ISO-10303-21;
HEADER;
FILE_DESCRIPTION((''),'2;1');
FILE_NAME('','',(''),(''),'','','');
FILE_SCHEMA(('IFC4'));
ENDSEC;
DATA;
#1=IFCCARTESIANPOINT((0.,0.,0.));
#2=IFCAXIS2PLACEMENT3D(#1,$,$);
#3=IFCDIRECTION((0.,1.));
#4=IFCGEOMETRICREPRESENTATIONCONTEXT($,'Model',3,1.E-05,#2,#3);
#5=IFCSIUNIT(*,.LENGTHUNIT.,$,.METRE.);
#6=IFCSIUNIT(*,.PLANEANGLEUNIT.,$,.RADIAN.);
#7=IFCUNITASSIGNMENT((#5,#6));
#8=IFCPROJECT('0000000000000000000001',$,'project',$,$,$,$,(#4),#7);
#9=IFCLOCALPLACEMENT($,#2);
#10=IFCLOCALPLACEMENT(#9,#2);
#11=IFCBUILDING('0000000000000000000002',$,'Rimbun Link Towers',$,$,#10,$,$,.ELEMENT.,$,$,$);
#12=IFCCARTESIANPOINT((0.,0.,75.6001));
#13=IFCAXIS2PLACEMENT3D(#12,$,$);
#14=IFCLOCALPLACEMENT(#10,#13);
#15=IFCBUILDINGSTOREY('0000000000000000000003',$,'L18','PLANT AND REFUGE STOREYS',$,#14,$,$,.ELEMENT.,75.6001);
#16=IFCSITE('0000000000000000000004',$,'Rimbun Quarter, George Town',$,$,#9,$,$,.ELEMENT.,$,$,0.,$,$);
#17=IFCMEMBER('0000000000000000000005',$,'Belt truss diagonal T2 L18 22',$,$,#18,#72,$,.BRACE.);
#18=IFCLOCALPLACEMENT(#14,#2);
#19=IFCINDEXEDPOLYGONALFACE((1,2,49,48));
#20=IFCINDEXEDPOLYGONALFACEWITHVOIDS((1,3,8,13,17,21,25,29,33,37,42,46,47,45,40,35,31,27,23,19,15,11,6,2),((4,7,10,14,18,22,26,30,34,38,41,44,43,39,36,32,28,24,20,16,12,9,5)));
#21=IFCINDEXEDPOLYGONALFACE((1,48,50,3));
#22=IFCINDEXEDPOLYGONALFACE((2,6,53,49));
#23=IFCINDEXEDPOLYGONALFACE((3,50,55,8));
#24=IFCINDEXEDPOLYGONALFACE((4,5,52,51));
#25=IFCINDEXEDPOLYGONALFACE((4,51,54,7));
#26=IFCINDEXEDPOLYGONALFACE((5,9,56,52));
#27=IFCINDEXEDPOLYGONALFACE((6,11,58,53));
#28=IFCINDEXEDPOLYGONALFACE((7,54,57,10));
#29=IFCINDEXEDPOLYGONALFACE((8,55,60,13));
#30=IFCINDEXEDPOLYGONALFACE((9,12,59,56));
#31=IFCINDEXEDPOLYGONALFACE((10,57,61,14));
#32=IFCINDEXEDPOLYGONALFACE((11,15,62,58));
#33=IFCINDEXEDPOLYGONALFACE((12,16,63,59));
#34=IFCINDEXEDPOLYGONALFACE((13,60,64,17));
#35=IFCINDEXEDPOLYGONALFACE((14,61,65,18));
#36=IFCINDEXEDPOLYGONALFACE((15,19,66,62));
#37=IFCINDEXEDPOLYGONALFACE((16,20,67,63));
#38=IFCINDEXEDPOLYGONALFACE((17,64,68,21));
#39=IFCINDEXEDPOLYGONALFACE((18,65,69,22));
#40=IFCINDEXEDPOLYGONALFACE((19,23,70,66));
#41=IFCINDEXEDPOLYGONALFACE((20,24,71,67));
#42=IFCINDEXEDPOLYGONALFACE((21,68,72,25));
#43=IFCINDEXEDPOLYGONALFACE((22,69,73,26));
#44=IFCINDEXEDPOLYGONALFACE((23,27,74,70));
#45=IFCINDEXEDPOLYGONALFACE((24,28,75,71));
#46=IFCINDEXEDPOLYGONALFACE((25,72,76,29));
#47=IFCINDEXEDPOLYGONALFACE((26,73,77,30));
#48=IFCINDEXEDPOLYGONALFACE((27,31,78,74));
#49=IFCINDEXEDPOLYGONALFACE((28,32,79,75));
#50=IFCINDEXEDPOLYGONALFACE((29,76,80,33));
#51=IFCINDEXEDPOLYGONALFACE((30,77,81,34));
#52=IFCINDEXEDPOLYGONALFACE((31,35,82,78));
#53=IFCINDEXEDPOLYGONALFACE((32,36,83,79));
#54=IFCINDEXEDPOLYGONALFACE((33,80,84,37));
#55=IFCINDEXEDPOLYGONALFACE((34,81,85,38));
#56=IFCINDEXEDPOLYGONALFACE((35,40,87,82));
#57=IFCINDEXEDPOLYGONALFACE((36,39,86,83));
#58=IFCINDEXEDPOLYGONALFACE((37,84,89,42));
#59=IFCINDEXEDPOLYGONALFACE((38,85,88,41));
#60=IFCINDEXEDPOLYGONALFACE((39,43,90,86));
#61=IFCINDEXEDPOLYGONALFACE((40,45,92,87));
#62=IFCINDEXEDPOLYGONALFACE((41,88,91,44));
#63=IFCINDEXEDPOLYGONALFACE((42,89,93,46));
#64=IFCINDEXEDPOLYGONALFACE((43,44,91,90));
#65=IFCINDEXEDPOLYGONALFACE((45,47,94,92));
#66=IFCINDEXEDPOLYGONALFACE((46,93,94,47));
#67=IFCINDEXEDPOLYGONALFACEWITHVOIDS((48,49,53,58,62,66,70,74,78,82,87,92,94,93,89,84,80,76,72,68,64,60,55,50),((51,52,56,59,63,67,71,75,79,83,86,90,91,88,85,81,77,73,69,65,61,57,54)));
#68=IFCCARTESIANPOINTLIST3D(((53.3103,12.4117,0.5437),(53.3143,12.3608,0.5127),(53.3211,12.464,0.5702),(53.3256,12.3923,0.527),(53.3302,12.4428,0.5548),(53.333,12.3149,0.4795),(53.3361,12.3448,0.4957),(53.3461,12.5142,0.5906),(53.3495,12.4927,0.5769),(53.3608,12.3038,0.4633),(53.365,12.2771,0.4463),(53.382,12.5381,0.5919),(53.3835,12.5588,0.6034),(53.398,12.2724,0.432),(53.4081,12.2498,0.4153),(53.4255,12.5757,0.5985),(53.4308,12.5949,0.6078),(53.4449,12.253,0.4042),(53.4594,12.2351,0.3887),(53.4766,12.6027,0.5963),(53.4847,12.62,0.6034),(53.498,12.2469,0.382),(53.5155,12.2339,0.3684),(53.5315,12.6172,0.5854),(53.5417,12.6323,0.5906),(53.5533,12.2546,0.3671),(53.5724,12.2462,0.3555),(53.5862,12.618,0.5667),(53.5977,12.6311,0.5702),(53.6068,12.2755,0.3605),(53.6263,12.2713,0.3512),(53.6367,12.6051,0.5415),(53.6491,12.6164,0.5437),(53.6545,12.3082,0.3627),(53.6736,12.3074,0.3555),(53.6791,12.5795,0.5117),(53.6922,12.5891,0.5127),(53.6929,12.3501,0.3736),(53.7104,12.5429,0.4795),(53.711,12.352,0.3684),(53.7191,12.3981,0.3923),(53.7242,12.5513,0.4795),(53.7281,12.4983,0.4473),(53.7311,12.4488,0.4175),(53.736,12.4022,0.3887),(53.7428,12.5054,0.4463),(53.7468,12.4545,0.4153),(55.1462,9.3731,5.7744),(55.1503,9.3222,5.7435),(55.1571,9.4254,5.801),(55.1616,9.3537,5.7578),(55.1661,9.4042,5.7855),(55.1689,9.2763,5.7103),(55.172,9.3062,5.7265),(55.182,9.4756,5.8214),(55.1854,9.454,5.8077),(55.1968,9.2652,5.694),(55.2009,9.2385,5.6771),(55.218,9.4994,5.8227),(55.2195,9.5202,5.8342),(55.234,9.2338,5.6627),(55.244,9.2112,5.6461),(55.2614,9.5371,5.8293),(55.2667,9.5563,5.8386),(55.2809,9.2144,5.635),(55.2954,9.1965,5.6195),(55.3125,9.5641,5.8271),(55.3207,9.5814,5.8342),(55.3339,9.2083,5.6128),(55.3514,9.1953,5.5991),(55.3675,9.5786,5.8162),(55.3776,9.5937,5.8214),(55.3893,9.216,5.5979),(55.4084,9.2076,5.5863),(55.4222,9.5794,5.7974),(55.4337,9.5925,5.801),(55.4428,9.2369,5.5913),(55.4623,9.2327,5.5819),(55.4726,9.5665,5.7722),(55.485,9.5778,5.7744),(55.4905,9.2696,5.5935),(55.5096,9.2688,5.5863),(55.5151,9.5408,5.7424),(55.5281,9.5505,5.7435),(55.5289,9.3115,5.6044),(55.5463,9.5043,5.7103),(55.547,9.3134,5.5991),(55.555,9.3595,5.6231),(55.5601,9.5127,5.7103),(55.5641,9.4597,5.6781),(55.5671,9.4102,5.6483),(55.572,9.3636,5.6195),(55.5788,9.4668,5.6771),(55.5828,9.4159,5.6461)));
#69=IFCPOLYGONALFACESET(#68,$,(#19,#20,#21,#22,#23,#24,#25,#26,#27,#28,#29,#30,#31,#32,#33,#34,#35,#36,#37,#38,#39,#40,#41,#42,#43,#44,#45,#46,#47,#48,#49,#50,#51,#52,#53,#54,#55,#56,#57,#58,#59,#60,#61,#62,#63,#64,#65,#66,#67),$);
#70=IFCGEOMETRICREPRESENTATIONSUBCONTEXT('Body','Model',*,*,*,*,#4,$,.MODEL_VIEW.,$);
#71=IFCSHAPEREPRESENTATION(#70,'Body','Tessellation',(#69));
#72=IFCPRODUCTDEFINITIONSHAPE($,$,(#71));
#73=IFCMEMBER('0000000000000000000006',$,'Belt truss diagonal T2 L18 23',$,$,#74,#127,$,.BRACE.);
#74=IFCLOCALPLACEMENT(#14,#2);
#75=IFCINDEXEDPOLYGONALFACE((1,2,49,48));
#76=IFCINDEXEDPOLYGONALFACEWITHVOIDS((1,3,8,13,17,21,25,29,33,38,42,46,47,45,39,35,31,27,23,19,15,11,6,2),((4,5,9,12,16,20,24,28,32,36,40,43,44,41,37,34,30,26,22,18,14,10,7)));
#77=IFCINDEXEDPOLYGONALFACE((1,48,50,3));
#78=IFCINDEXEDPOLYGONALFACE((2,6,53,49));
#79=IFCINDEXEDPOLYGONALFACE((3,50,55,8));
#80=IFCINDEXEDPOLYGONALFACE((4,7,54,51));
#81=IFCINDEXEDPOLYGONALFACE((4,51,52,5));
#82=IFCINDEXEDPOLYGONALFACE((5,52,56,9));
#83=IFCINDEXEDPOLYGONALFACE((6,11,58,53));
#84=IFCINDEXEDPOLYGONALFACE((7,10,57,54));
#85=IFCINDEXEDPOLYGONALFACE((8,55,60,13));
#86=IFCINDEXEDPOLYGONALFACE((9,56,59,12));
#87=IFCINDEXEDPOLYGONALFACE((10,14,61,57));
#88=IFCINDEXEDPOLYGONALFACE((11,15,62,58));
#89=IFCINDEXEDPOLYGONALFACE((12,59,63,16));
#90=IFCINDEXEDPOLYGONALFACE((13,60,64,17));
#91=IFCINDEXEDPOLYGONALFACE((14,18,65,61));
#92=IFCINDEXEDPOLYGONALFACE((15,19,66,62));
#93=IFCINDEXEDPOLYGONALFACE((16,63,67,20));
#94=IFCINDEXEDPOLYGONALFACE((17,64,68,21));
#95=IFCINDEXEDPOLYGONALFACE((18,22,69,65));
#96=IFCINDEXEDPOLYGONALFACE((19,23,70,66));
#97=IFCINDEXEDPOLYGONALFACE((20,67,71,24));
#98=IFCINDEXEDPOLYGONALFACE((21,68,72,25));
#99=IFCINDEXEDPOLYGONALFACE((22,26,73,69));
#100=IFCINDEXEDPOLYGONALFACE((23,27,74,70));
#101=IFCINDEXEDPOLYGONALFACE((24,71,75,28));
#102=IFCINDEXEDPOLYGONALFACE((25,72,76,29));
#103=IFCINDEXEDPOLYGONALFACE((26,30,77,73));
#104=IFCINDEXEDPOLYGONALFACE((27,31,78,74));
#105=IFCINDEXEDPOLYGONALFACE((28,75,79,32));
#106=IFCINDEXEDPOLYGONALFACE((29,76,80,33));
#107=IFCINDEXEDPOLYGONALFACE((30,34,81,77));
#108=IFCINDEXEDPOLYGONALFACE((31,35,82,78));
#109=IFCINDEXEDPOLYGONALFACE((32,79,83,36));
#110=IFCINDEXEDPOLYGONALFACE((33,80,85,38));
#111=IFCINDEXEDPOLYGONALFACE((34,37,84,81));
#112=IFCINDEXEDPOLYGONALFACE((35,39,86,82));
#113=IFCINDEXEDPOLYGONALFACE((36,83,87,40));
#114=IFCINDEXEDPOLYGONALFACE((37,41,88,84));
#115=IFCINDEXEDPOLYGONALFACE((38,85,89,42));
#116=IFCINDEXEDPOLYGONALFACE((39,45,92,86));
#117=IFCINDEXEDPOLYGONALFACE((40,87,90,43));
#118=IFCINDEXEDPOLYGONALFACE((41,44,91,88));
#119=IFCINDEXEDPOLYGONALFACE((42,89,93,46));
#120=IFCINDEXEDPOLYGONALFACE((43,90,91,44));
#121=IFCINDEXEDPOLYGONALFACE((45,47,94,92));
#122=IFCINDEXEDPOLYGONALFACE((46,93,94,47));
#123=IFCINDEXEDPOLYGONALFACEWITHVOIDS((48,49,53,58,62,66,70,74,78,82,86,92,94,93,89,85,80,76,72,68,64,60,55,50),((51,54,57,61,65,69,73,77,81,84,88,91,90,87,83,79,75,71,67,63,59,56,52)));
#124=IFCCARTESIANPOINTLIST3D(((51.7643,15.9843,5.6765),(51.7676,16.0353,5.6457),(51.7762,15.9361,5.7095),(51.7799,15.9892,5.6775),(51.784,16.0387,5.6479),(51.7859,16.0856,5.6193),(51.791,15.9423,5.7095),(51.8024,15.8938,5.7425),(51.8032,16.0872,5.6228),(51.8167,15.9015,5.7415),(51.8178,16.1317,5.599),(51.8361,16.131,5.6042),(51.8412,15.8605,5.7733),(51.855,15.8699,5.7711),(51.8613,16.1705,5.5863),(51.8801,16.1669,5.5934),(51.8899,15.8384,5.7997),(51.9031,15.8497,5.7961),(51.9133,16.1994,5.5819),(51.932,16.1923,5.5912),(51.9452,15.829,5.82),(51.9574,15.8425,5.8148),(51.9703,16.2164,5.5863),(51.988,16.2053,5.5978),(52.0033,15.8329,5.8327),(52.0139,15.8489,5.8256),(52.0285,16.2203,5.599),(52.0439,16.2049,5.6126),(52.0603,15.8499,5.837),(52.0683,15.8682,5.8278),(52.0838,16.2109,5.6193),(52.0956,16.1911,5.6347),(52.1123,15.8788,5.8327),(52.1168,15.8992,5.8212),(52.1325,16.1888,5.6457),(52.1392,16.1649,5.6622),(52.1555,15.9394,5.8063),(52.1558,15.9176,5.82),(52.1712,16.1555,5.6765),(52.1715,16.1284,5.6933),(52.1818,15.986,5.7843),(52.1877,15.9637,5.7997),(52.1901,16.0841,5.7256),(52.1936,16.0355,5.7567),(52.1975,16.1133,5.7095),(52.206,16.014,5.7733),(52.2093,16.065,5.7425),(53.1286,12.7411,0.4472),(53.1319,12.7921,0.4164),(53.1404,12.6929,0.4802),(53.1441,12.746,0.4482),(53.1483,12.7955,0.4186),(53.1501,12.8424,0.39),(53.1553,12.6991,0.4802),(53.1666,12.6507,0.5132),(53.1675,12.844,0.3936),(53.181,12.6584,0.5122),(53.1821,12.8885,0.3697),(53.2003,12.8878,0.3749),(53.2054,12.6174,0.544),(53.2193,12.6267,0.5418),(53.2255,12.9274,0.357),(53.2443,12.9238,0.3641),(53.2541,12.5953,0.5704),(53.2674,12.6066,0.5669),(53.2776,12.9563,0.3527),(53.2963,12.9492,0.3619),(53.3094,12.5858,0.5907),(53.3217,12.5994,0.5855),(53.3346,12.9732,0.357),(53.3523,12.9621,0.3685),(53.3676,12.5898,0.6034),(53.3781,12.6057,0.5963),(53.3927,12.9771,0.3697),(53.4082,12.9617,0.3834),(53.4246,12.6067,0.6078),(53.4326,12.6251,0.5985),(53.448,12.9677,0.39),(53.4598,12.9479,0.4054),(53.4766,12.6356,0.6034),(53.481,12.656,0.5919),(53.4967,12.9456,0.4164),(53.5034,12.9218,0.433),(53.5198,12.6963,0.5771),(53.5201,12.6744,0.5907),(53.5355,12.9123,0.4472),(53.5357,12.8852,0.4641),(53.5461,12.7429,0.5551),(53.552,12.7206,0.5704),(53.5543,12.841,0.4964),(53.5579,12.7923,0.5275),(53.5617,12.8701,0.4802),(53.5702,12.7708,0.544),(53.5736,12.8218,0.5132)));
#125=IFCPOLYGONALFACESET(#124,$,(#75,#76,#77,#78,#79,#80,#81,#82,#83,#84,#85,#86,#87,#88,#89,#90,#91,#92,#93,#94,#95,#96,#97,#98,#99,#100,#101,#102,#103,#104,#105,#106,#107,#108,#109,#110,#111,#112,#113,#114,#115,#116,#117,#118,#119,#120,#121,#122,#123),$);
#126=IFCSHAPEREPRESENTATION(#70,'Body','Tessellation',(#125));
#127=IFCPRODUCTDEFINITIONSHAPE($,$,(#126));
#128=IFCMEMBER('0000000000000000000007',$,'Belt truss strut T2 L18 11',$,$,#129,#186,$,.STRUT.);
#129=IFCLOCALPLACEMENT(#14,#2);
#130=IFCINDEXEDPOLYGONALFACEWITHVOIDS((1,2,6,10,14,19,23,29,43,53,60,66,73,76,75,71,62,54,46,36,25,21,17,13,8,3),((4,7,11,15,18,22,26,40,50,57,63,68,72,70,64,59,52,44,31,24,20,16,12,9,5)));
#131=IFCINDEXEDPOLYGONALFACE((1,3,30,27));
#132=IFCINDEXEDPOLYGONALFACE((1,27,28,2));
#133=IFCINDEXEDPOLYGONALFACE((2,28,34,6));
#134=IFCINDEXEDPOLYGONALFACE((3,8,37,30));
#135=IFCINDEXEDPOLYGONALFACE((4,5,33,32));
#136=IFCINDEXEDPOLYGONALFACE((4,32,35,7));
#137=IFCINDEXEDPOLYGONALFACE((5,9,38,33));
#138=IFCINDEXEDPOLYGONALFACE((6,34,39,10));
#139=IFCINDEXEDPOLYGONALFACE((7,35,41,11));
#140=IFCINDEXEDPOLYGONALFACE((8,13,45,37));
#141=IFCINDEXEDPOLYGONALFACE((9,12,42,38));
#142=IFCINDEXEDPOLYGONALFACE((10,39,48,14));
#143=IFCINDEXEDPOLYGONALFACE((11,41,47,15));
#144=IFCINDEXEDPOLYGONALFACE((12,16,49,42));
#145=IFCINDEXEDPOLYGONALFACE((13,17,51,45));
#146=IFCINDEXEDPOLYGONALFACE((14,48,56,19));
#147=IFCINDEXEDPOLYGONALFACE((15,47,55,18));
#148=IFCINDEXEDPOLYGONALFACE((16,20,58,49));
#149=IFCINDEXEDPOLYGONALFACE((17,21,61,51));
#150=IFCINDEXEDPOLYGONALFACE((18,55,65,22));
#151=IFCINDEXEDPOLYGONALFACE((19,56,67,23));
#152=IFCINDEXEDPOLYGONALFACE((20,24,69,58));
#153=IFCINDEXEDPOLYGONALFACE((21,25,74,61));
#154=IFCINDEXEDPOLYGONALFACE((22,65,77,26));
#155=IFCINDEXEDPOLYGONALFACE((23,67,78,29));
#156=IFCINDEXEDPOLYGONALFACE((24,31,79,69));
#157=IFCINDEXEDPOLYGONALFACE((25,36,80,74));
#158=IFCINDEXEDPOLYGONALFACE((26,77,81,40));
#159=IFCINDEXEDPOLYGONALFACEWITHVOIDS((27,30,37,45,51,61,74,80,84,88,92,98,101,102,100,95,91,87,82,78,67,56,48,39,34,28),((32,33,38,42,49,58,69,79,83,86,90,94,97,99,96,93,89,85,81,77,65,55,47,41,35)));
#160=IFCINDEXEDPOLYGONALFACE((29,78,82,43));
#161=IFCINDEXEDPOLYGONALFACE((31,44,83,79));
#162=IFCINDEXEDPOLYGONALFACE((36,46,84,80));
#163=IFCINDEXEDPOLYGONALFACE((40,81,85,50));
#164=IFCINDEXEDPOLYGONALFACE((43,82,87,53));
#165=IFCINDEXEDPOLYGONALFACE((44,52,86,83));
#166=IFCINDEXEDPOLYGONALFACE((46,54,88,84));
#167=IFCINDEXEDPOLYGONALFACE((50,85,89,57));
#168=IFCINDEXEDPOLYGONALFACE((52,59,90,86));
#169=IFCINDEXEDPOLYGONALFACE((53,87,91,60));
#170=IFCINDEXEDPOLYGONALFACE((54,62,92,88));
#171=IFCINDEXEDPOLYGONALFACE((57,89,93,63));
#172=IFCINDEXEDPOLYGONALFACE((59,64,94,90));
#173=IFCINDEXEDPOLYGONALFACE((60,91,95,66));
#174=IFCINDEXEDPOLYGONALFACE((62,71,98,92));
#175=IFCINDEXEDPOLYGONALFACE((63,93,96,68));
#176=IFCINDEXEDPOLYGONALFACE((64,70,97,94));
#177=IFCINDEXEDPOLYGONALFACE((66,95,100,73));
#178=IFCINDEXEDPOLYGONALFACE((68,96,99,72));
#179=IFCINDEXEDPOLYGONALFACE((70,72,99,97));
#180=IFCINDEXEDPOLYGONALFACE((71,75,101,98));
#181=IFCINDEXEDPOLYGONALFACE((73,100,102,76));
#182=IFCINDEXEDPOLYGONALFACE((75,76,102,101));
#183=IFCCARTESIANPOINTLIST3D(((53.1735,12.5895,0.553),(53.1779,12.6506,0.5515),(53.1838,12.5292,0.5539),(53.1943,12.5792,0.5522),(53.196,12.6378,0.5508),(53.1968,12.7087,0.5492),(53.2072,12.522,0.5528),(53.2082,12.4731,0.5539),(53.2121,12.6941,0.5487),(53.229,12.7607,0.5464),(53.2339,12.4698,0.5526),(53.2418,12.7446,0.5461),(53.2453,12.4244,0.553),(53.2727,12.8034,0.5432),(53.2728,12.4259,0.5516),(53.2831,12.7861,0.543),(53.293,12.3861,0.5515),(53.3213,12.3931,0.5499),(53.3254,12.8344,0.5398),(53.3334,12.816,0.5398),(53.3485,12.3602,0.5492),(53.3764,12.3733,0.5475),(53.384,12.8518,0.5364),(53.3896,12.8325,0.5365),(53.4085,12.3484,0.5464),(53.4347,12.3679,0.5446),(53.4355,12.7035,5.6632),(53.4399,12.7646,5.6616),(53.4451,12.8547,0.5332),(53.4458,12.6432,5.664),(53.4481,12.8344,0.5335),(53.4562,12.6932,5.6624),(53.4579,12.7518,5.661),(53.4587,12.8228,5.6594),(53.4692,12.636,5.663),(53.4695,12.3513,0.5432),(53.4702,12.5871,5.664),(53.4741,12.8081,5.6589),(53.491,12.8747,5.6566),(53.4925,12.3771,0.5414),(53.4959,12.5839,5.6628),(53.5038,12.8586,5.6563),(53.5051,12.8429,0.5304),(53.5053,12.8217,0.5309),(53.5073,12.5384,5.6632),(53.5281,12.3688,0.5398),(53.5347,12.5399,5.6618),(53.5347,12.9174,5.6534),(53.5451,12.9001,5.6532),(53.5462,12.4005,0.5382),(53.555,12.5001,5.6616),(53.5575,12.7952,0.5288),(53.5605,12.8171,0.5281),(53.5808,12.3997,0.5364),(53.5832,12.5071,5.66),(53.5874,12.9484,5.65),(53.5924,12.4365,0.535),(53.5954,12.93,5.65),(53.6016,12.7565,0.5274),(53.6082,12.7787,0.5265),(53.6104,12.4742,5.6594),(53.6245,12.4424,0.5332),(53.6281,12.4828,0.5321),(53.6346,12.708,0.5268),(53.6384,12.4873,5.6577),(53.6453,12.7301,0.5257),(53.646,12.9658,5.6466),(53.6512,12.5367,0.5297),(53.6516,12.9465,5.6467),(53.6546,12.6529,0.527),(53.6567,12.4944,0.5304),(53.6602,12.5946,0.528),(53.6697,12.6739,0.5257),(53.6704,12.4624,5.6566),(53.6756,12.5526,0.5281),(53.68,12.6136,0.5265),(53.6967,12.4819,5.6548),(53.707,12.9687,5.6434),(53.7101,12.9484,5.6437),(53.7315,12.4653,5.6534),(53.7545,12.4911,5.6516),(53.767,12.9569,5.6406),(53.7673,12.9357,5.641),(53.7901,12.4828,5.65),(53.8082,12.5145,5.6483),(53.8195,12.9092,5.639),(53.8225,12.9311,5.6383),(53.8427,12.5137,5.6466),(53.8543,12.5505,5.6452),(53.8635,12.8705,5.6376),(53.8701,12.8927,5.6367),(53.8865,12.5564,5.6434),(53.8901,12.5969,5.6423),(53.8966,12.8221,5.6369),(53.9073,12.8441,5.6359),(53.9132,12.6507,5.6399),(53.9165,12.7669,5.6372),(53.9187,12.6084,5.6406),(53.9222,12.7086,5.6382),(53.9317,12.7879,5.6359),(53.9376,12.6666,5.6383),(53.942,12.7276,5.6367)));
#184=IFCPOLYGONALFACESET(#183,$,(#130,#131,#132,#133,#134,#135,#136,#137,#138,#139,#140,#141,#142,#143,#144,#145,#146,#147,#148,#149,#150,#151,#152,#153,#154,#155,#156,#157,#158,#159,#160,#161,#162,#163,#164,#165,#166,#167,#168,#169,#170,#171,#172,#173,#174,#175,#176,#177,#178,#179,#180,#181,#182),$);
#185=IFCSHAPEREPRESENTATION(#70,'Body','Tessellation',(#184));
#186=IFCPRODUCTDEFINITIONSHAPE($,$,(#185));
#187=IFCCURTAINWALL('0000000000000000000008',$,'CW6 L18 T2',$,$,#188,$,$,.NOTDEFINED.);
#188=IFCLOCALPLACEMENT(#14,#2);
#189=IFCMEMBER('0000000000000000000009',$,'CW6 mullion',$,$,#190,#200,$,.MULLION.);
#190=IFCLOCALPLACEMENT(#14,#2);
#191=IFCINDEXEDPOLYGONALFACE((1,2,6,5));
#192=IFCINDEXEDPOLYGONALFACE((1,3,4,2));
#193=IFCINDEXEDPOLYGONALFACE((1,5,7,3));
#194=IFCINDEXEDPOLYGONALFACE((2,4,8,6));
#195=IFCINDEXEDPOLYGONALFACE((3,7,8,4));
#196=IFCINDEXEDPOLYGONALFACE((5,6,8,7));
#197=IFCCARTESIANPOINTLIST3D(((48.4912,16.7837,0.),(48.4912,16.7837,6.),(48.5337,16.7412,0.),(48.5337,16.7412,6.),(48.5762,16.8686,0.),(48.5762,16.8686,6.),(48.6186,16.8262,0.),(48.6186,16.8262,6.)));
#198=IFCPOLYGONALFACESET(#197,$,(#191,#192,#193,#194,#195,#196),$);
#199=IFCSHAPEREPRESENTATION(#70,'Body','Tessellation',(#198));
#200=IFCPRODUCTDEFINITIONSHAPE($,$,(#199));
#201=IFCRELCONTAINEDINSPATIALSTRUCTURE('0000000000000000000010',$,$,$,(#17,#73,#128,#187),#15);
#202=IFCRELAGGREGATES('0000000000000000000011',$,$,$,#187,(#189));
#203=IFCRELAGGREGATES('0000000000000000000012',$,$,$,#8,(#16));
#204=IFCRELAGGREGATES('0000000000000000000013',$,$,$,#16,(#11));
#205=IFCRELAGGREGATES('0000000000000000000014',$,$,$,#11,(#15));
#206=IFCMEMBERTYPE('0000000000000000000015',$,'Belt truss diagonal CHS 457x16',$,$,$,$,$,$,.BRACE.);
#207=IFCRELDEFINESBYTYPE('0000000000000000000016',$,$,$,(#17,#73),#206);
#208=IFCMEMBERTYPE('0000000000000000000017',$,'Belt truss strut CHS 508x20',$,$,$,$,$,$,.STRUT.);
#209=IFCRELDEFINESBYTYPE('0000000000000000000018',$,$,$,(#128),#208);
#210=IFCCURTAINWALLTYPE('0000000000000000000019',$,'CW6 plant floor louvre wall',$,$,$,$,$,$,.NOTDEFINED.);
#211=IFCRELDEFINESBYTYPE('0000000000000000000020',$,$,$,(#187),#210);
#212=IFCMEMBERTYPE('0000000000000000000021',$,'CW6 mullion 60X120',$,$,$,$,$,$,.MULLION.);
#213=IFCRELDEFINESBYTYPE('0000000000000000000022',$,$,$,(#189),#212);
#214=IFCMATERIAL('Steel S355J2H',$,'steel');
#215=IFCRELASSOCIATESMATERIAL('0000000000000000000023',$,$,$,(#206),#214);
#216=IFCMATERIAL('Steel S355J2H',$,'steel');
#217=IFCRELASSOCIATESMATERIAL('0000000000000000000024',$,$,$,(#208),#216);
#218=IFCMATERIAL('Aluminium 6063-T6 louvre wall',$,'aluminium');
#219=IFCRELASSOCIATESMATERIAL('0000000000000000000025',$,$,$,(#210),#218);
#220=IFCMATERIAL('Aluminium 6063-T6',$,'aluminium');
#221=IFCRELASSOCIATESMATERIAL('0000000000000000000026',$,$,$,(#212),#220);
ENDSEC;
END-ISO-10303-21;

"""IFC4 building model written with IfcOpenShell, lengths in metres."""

from ifc_helpers import new_model, si_unit, direction, frame, origin, origin_2d, place, context, subcontext, project, spatial, rectangle, hollow_circle, extrude, material, material_profile, profile_set, type_object, element, aggregate, save


model = new_model("IFC4")

# Units and contexts
model_context = context("Model", 3, precision=1e-05, world=origin(), true_north=direction((0.0, 1.0)))
body_context = subcontext(model_context, "Body", "Model", "MODEL_VIEW")
ifc_project = project(units=[si_unit("LENGTHUNIT", "METRE"), si_unit("PLANEANGLEUNIT", "RADIAN")], contexts=[model_context])

# Site, building, storey
site_placement = place(None, origin())
site = spatial("IfcSite", under=ifc_project, at=site_placement, Name="Rimbun Quarter, George Town", CompositionType="ELEMENT", RefElevation=0.0)
building_placement = place(site_placement, origin())
building = spatial("IfcBuilding", under=site, at=building_placement, Name="Rimbun Link Towers", CompositionType="ELEMENT")
storey_placement = place(building_placement, frame((0.0, 0.0, 75.6001)))
storey = spatial("IfcBuildingStorey", under=building, at=storey_placement, Name="L18", Description="PLANT AND REFUGE STOREYS", CompositionType="ELEMENT", Elevation=75.6001)

# Members
ifc_material_1 = material(Name="Steel S355J2H", Category="steel")
ifc_material_profile_1 = material_profile(ifc_material_1, hollow_circle(Radius=0.2285, WallThickness=0.0161, at=origin_2d()), Name="Belt truss diagonal CHS 457x16")
ifc_profile_set_1 = profile_set([ifc_material_profile_1], Name="Steel S355J2H")
member_type_1 = type_object("IfcMemberType", Name="Belt truss diagonal CHS 457x16", PredefinedType="BRACE", material=ifc_profile_set_1)
member_1_placement = place(storey_placement, frame((53.5286, 12.4331, 0.4795), z_axis=(0.290418, -0.480657, 0.827421), x_axis=(0.855899, 0.517143, 0.0)))
element("IfcMember", 1, at=member_1_placement, inside=storey, type_object=member_type_1, Name="Belt truss diagonal T2 L18 22", PredefinedType="BRACE", context=body_context, shape_type="SweptSolid", body=[
    extrude(hollow_circle(Radius=0.2285, WallThickness=0.0161, at=origin_2d()), origin(), (0.0, 0.0, 1.0), 6.3218),
])
member_2_placement = place(storey_placement, frame((53.3511, 12.7815, 0.4802), z_axis=(-0.216455, 0.514565, 0.82968), x_axis=(-0.921766, -0.387747, 0.0)))
element("IfcMember", 2, at=member_2_placement, inside=storey, type_object=member_type_1, Name="Belt truss diagonal T2 L18 23", PredefinedType="BRACE", context=body_context, shape_type="SweptSolid", body=[
    extrude(hollow_circle(Radius=0.2285, WallThickness=0.0161, at=origin_2d()), origin(), (0.0, 0.0, 1.0), 6.3027),
])
ifc_material_2 = material(Name="Steel S355J2H", Category="steel")
ifc_material_profile_2 = material_profile(ifc_material_2, hollow_circle(Radius=0.2539, WallThickness=0.02, at=origin_2d()), Name="Belt truss strut CHS 508x20")
ifc_profile_set_2 = profile_set([ifc_material_profile_2], Name="Steel S355J2H")
member_type_2 = type_object("IfcMemberType", Name="Belt truss strut CHS 508x20", PredefinedType="STRUT", material=ifc_profile_set_2)
member_3_placement = place(storey_placement, frame((53.4268, 12.6016, 0.5398), z_axis=(0.051184, 0.022277, 0.998441), x_axis=(-0.39907, 0.916921, 0.0)))
element("IfcMember", 3, at=member_3_placement, inside=storey, type_object=member_type_2, Name="Belt truss strut T2 L18 11", PredefinedType="STRUT", context=body_context, shape_type="SweptSolid", body=[
    extrude(hollow_circle(Radius=0.2539, WallThickness=0.02, at=origin_2d()), origin(), (0.0, 0.0, 1.0), 5.1182),
])

# Curtain wall, member
ifc_material_3 = material(Name="Aluminium 6063-T6 louvre wall", Category="aluminium")
curtain_wall_type = type_object("IfcCurtainWallType", Name="CW6 plant floor louvre wall", PredefinedType="NOTDEFINED", material=ifc_material_3)
curtain_wall_placement = place(storey_placement, origin())
curtain_wall = element("IfcCurtainWall", 4, at=curtain_wall_placement, inside=storey, type_object=curtain_wall_type, Name="CW6 L18 T2", PredefinedType="NOTDEFINED")
ifc_material_4 = material(Name="Aluminium 6063-T6", Category="aluminium")
ifc_material_profile_3 = material_profile(ifc_material_4, rectangle(XDim=0.1201, YDim=0.0601, at=origin_2d()), Name="MULLION 60X120")
ifc_profile_set_3 = profile_set([ifc_material_profile_3], Name="Aluminium 6063-T6")
member_type_3 = type_object("IfcMemberType", Name="CW6 mullion 60X120", PredefinedType="MULLION", material=ifc_profile_set_3)
member_4_placement = place(storey_placement, frame((48.5549, 16.8049, 0.0), z_axis=(0.0, 0.0, 1.0), x_axis=(0.707107, 0.707107, 0.0)))
member_4 = element("IfcMember", 5, at=member_4_placement, type_object=member_type_3, Name="CW6 mullion", PredefinedType="MULLION", context=body_context, shape_type="SweptSolid", body=[
    extrude(rectangle(XDim=0.1201, YDim=0.0601, at=origin_2d()), origin(), (0.0, 0.0, 1.0), 6.0),
])

aggregate(curtain_wall, [member_4])

save(model, "model.ifc")
